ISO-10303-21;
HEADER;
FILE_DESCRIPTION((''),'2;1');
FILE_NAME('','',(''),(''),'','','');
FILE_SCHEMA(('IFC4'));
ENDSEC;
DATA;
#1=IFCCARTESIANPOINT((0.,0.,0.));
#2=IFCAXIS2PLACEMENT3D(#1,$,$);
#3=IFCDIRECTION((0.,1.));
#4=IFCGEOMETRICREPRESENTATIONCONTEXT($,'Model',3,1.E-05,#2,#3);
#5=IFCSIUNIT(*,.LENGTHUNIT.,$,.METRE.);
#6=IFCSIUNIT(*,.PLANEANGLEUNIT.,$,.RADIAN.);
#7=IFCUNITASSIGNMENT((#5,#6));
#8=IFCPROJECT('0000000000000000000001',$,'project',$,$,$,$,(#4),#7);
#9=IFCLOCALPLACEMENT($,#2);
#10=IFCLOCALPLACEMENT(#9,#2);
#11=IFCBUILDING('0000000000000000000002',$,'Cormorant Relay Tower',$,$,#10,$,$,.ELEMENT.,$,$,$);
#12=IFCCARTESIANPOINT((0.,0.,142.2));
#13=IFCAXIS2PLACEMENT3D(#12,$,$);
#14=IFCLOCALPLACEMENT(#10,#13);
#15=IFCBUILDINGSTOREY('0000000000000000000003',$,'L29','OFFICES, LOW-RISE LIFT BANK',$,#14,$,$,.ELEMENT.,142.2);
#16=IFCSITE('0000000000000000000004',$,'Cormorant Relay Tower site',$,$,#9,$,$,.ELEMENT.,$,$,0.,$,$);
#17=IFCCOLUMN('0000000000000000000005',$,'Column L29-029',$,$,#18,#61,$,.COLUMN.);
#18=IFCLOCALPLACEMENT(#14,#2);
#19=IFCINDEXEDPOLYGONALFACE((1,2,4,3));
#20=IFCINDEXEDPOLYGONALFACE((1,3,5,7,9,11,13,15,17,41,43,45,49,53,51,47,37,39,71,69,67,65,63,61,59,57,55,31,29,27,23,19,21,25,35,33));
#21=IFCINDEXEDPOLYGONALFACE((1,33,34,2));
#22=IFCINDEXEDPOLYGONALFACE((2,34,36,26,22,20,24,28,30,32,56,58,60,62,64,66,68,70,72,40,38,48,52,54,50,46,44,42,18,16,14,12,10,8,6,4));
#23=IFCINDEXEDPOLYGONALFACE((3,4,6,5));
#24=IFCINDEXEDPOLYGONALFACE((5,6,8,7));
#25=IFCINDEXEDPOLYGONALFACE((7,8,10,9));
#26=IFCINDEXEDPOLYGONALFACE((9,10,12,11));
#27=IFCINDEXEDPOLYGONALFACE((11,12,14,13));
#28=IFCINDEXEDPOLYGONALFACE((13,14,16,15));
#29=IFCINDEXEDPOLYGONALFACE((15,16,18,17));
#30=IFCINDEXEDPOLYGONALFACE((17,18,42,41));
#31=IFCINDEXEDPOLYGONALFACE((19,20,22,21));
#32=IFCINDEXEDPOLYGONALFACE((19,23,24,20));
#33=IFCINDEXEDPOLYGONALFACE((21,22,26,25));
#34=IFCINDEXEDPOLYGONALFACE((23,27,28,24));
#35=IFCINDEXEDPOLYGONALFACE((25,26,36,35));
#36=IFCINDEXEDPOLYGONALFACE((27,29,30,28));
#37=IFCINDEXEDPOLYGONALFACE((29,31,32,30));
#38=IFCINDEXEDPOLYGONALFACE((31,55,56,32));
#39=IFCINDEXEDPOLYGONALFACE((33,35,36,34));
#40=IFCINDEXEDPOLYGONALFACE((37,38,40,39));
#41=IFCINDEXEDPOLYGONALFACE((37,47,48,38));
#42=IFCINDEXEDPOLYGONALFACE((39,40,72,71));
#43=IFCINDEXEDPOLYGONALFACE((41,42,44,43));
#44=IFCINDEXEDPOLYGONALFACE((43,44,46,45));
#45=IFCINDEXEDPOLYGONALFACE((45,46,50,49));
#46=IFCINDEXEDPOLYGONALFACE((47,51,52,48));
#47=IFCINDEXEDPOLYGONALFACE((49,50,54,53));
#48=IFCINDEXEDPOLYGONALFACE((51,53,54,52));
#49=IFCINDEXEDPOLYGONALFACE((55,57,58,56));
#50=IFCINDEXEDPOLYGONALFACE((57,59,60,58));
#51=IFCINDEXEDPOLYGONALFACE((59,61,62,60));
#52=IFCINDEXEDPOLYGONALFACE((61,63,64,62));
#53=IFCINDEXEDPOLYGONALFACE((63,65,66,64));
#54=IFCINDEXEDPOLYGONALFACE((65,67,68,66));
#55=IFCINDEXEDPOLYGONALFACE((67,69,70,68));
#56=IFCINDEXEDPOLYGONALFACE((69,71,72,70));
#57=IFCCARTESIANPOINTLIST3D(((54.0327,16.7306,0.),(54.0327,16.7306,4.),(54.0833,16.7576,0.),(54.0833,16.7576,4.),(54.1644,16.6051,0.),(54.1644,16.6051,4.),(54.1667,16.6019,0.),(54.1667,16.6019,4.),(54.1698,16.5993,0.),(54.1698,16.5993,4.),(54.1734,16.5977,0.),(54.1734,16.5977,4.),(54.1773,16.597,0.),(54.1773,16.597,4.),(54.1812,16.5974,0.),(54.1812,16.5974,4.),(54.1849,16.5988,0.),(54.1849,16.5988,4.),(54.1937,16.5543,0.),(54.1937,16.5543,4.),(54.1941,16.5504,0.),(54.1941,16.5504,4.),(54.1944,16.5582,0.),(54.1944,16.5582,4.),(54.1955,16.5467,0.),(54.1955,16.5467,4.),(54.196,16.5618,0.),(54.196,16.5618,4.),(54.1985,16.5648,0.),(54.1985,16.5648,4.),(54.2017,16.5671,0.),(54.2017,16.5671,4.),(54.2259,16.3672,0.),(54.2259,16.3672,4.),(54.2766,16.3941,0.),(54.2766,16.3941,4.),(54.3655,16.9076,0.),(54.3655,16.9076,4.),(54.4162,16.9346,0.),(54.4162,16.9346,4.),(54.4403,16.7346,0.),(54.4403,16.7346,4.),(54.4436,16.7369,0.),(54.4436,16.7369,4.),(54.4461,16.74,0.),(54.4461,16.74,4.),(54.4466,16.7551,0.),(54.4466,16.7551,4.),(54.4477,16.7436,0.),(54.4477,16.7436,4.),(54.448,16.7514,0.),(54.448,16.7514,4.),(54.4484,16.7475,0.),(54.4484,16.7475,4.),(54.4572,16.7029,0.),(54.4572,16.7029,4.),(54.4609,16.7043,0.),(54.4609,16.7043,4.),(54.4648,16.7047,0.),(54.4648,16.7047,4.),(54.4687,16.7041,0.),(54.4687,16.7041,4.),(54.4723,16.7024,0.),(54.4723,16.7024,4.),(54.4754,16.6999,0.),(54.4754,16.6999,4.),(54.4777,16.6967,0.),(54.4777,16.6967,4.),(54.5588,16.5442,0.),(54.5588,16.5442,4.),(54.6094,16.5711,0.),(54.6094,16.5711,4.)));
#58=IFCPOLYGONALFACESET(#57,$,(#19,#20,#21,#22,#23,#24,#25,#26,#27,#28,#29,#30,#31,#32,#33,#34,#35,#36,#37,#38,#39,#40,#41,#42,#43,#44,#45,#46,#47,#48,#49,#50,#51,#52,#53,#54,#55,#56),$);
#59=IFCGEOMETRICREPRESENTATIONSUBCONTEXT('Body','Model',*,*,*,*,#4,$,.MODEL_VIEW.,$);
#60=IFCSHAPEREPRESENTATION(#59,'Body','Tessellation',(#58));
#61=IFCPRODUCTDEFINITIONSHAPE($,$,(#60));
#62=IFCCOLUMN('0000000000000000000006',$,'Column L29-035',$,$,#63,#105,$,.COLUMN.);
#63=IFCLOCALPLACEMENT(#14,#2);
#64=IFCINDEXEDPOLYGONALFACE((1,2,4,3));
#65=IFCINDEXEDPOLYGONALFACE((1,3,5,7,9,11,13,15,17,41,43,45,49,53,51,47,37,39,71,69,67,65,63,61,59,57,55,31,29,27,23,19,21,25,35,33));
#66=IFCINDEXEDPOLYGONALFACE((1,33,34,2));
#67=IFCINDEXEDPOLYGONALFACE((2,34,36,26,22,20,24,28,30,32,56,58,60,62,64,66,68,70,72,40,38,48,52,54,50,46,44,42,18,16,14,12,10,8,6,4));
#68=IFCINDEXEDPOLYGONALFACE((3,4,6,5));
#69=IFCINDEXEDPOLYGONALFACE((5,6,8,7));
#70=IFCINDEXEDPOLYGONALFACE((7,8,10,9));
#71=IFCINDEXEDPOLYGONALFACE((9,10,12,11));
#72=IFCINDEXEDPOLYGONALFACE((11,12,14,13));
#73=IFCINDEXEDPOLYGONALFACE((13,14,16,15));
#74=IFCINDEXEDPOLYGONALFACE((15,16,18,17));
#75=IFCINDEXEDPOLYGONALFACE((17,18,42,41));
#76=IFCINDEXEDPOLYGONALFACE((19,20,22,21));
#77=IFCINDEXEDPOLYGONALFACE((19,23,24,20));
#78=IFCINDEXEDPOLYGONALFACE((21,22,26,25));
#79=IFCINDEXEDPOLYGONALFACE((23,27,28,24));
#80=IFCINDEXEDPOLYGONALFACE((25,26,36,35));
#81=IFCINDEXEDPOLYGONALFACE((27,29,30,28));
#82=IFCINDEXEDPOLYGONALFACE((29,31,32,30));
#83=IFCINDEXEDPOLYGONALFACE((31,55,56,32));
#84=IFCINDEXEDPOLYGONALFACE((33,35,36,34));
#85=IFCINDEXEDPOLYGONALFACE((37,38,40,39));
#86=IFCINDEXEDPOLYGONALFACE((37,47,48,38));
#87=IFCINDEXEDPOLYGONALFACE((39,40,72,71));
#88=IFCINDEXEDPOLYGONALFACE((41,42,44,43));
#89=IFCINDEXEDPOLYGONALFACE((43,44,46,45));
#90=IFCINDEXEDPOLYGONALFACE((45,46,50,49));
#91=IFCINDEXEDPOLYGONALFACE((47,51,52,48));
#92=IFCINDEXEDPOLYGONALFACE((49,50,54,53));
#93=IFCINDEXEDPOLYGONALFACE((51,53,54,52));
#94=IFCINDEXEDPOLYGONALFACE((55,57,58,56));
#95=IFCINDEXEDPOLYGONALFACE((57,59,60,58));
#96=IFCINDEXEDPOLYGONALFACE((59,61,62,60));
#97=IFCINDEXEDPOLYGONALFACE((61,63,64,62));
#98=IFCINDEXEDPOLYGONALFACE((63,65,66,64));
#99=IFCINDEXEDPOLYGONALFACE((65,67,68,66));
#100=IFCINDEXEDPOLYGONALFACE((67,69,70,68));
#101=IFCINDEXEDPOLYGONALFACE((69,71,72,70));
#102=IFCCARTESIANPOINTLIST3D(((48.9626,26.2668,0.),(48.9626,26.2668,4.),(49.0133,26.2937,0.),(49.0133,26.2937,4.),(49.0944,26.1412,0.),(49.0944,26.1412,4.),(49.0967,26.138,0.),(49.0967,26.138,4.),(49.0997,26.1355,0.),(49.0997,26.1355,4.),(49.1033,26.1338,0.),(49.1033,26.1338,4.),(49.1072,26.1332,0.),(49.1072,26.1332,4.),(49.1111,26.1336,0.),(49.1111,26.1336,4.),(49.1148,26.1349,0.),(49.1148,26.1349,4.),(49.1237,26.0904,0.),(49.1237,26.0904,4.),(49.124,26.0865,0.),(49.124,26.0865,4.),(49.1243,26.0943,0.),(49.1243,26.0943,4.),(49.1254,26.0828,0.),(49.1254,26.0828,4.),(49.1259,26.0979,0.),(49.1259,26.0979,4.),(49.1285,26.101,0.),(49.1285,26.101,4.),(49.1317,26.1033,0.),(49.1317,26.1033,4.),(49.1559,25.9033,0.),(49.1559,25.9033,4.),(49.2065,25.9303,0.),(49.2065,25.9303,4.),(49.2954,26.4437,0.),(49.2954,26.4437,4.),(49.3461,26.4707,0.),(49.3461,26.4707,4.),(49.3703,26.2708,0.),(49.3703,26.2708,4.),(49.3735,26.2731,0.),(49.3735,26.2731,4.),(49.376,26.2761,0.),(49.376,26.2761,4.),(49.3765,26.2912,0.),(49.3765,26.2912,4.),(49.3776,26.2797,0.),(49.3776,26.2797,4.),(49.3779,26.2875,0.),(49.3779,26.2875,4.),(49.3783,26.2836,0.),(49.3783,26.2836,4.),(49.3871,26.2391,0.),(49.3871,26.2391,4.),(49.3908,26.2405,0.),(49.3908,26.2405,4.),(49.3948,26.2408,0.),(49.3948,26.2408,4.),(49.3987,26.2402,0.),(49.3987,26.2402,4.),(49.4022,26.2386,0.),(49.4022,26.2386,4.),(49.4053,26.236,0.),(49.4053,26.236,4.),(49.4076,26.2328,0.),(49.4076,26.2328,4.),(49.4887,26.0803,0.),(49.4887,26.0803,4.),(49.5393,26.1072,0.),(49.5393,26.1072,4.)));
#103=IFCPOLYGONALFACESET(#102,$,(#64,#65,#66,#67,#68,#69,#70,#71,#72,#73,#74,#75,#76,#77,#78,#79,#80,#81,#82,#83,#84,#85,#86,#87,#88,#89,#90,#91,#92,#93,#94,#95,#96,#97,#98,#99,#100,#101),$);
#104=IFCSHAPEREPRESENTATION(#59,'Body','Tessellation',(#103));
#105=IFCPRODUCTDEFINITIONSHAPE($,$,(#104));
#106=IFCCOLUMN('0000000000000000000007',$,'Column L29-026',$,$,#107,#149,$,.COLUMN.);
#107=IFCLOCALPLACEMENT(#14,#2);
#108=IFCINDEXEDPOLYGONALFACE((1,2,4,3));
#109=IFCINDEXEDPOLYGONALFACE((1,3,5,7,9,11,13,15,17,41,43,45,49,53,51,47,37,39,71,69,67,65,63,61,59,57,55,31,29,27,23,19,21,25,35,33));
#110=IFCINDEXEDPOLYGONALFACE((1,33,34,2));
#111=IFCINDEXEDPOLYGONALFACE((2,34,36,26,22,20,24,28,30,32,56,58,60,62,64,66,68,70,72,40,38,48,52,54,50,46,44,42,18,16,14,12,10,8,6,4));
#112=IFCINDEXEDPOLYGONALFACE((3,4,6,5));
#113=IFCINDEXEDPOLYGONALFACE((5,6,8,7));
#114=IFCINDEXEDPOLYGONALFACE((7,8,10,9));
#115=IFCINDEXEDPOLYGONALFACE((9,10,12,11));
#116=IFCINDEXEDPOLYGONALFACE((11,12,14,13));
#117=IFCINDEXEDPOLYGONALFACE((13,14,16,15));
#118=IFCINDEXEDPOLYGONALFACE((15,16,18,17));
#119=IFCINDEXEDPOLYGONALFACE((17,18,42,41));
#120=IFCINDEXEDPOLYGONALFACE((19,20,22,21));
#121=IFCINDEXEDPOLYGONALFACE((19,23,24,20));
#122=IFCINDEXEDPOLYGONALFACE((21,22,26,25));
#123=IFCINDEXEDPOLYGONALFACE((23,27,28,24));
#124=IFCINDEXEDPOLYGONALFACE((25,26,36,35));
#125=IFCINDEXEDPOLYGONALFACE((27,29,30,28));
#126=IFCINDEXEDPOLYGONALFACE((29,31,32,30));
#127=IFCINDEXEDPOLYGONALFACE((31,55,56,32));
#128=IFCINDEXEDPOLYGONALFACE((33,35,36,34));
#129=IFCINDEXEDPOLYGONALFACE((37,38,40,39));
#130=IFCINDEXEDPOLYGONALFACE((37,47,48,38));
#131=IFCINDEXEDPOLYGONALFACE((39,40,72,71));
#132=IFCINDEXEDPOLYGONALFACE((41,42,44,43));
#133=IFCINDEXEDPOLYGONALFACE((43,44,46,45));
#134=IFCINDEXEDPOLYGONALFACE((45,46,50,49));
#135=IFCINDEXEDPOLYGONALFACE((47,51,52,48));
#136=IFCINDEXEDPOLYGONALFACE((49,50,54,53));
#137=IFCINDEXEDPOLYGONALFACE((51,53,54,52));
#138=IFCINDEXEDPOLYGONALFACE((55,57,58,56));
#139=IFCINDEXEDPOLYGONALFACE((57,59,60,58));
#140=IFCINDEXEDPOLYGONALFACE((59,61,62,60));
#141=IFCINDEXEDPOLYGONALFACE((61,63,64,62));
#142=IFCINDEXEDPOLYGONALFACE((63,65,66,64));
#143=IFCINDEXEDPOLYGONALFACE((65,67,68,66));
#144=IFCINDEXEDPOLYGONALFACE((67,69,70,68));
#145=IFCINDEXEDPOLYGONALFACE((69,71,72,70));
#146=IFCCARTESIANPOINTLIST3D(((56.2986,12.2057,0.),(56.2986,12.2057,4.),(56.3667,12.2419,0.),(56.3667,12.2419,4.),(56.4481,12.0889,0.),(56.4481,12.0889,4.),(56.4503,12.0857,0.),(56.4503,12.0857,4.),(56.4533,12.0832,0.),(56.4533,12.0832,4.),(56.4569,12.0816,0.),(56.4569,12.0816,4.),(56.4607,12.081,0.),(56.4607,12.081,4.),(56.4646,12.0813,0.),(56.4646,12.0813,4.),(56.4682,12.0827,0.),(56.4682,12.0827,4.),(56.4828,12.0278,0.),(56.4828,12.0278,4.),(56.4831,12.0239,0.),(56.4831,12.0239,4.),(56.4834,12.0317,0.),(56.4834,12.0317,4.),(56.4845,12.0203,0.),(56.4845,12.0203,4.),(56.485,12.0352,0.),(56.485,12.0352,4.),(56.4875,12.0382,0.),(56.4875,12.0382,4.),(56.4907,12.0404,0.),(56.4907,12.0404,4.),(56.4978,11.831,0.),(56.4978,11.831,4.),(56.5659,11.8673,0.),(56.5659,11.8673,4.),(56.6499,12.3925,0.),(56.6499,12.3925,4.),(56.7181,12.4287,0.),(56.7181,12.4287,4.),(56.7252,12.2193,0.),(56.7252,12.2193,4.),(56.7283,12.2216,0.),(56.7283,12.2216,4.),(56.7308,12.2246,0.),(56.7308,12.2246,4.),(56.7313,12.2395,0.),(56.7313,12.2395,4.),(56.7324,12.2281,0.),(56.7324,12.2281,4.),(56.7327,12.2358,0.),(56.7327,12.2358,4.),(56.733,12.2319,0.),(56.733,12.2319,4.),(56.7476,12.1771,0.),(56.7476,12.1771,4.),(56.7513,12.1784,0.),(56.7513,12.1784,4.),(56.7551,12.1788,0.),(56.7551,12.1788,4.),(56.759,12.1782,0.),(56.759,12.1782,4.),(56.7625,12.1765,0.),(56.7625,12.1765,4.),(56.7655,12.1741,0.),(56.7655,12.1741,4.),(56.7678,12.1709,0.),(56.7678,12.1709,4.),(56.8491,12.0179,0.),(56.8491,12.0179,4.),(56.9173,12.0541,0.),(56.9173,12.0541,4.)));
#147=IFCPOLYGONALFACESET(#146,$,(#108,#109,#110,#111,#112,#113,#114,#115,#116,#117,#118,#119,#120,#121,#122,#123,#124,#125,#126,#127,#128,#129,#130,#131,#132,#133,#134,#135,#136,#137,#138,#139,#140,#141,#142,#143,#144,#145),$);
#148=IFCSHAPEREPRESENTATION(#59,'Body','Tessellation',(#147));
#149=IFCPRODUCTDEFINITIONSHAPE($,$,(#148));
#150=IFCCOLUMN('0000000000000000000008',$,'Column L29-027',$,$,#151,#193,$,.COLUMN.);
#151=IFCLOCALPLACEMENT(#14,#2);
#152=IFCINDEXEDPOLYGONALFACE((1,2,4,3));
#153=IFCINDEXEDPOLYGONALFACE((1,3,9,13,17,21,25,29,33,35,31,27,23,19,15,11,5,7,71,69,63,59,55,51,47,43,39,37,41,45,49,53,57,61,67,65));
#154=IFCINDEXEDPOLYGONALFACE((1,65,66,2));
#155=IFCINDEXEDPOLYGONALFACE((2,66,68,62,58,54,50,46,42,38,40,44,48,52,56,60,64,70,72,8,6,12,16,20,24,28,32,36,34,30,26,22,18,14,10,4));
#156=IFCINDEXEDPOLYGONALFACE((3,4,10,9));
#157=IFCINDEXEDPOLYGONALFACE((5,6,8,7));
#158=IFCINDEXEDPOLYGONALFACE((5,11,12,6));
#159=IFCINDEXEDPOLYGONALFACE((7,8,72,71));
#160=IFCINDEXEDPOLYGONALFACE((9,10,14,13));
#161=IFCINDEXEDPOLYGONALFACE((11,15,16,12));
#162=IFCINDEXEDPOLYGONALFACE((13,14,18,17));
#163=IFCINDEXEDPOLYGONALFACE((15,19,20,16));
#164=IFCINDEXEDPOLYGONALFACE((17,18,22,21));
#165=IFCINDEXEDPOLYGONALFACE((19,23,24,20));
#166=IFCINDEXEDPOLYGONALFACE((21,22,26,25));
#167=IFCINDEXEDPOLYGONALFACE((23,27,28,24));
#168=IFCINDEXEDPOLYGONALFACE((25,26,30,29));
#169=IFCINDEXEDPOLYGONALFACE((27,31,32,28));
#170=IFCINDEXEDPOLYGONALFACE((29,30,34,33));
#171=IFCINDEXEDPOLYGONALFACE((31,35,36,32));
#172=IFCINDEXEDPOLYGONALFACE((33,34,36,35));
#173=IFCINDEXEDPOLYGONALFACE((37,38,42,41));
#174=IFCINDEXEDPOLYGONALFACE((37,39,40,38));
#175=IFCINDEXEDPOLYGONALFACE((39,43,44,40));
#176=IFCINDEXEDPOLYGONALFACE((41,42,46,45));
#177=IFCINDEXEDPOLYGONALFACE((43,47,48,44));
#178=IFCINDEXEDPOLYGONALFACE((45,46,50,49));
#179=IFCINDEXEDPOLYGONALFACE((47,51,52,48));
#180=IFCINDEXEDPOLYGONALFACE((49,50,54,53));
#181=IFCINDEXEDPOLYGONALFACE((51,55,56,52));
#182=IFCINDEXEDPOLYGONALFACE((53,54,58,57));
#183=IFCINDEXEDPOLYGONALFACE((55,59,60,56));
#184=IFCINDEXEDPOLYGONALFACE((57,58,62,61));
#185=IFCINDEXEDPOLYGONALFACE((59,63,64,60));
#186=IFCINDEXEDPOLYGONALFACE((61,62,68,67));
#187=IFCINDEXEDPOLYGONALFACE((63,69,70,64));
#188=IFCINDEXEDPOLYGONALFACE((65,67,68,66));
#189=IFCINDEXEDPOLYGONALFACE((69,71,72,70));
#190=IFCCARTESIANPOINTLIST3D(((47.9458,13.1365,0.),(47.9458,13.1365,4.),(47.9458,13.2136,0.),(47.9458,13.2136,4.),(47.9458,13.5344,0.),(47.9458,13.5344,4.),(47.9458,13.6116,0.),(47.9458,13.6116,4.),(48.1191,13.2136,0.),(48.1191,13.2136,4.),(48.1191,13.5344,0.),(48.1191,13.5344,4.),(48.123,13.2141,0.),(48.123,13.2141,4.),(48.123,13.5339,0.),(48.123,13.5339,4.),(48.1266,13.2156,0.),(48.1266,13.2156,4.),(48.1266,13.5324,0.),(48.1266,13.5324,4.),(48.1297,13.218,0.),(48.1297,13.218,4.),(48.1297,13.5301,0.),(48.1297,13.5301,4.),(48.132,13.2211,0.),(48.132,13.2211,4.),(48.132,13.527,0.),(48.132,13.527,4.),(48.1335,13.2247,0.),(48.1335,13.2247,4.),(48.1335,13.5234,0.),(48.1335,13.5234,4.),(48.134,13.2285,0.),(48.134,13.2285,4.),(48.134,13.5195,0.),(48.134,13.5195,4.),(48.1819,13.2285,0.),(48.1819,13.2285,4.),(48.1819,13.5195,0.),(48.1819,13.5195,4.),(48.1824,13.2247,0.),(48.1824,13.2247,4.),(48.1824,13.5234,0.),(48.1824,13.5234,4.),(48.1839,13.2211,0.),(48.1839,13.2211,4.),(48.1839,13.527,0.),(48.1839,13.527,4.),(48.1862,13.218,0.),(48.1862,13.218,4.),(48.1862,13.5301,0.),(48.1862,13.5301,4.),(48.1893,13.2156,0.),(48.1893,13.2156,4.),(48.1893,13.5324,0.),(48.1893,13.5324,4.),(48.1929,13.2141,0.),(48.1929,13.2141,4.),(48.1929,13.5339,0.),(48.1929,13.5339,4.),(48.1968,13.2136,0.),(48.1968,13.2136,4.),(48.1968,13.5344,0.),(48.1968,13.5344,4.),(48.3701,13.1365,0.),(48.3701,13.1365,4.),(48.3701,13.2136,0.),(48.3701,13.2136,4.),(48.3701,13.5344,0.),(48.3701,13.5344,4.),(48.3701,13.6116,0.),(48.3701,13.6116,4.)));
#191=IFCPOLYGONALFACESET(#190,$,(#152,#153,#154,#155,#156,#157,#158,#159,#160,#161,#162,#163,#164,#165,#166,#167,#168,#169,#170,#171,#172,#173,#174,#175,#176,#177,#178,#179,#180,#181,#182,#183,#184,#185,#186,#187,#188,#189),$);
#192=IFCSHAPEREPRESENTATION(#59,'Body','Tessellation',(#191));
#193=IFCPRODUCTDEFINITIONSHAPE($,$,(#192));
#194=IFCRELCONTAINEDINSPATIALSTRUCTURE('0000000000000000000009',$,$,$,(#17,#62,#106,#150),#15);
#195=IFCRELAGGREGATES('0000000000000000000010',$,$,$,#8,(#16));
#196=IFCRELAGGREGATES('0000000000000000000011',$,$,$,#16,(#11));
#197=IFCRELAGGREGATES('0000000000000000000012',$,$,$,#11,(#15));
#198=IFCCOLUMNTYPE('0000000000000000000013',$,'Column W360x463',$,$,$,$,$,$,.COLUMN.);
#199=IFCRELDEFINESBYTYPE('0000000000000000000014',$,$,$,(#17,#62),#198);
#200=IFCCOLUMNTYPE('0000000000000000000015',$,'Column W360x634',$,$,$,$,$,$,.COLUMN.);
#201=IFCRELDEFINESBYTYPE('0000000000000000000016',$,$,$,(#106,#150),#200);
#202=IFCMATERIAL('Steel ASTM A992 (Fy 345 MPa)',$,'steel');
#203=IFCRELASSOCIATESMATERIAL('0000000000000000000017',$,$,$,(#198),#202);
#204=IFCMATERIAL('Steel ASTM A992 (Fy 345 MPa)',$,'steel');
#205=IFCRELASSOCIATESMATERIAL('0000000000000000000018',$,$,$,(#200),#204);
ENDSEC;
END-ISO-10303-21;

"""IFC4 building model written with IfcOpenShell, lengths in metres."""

from ifc_helpers import new_model, si_unit, direction, frame, origin, origin_2d, place, context, subcontext, project, spatial, i_section, extrude, material, material_profile, profile_set, type_object, element, save


model = new_model("IFC4")

# Units and contexts
model_context = context("Model", 3, precision=1e-05, world=origin(), true_north=direction((0.0, 1.0)))
body_context = subcontext(model_context, "Body", "Model", "MODEL_VIEW")
ifc_project = project(units=[si_unit("LENGTHUNIT", "METRE"), si_unit("PLANEANGLEUNIT", "RADIAN")], contexts=[model_context])

# Site, building, storey
site_placement = place(None, origin())
site = spatial("IfcSite", under=ifc_project, at=site_placement, Name="Cormorant Relay Tower site", CompositionType="ELEMENT", RefElevation=0.0)
building_placement = place(site_placement, origin())
building = spatial("IfcBuilding", under=site, at=building_placement, Name="Cormorant Relay Tower", CompositionType="ELEMENT")
storey_placement = place(building_placement, frame((0.0, 0.0, 142.2)))
storey = spatial("IfcBuildingStorey", under=building, at=storey_placement, Name="L29", Description="OFFICES, LOW-RISE LIFT BANK", CompositionType="ELEMENT", Elevation=142.2)

# Columns
ifc_material_1 = material(Name="Steel ASTM A992 (Fy 345 MPa)", Category="steel")
ifc_material_profile_1 = material_profile(ifc_material_1, i_section(OverallWidth=0.4116, OverallDepth=0.4343, WebThickness=0.0359, FlangeThickness=0.0574, FilletRadius=0.0151, at=origin_2d()), Name="W360x463")
ifc_profile_set_1 = profile_set([ifc_material_profile_1], Name="Steel ASTM A992 (Fy 345 MPa)")
column_type_1 = type_object("IfcColumnType", Name="Column W360x463", PredefinedType="COLUMN", material=ifc_profile_set_1)
for number, where, z_axis, x_axis, name in (
    (1, (54.321, 16.6509, 0.0), (0.0, 0.0, 1.0), (-0.469472, 0.882948, 0.0), "Column L29-029"),
    (2, (49.251, 26.187, 0.0), (0.0, 0.0, 1.0), (-0.469472, 0.882948, 0.0), "Column L29-035"),
):
    element("IfcColumn", number, at=place(storey_placement, frame(where, z_axis=z_axis, x_axis=x_axis)), inside=storey, type_object=column_type_1, Name=name, PredefinedType="COLUMN", context=body_context, shape_type="SweptSolid", body=[
        extrude(i_section(OverallWidth=0.4116, OverallDepth=0.4343, WebThickness=0.0359, FlangeThickness=0.0574, FilletRadius=0.0151, at=origin_2d()), origin(), (0.0, 0.0, 1.0), 4.0),
    ])
ifc_material_2 = material(Name="Steel ASTM A992 (Fy 345 MPa)", Category="steel")
ifc_material_profile_2 = material_profile(ifc_material_2, i_section(OverallWidth=0.4243, OverallDepth=0.4751, WebThickness=0.0479, FlangeThickness=0.0771, FilletRadius=0.0149, at=origin_2d()), Name="W360x634")
ifc_profile_set_2 = profile_set([ifc_material_profile_2], Name="Steel ASTM A992 (Fy 345 MPa)")
column_type_2 = type_object("IfcColumnType", Name="Column W360x634", PredefinedType="COLUMN", material=ifc_profile_set_2)
for number, where, z_axis, x_axis, name in (
    (3, (56.6079, 12.1299, 0.0), (0.0, 0.0, 1.0), (-0.469472, 0.882948, 0.0), "Column L29-026"),
    (4, (48.158, 13.374, 0.0), (0.0, 0.0, 1.0), (1.0, 0.0, 0.0), "Column L29-027"),
):
    element("IfcColumn", number, at=place(storey_placement, frame(where, z_axis=z_axis, x_axis=x_axis)), inside=storey, type_object=column_type_2, Name=name, PredefinedType="COLUMN", context=body_context, shape_type="SweptSolid", body=[
        extrude(i_section(OverallWidth=0.4243, OverallDepth=0.4751, WebThickness=0.0479, FlangeThickness=0.0771, FilletRadius=0.0149, at=origin_2d()), origin(), (0.0, 0.0, 1.0), 4.0),
    ])

save(model, "model.ifc")
